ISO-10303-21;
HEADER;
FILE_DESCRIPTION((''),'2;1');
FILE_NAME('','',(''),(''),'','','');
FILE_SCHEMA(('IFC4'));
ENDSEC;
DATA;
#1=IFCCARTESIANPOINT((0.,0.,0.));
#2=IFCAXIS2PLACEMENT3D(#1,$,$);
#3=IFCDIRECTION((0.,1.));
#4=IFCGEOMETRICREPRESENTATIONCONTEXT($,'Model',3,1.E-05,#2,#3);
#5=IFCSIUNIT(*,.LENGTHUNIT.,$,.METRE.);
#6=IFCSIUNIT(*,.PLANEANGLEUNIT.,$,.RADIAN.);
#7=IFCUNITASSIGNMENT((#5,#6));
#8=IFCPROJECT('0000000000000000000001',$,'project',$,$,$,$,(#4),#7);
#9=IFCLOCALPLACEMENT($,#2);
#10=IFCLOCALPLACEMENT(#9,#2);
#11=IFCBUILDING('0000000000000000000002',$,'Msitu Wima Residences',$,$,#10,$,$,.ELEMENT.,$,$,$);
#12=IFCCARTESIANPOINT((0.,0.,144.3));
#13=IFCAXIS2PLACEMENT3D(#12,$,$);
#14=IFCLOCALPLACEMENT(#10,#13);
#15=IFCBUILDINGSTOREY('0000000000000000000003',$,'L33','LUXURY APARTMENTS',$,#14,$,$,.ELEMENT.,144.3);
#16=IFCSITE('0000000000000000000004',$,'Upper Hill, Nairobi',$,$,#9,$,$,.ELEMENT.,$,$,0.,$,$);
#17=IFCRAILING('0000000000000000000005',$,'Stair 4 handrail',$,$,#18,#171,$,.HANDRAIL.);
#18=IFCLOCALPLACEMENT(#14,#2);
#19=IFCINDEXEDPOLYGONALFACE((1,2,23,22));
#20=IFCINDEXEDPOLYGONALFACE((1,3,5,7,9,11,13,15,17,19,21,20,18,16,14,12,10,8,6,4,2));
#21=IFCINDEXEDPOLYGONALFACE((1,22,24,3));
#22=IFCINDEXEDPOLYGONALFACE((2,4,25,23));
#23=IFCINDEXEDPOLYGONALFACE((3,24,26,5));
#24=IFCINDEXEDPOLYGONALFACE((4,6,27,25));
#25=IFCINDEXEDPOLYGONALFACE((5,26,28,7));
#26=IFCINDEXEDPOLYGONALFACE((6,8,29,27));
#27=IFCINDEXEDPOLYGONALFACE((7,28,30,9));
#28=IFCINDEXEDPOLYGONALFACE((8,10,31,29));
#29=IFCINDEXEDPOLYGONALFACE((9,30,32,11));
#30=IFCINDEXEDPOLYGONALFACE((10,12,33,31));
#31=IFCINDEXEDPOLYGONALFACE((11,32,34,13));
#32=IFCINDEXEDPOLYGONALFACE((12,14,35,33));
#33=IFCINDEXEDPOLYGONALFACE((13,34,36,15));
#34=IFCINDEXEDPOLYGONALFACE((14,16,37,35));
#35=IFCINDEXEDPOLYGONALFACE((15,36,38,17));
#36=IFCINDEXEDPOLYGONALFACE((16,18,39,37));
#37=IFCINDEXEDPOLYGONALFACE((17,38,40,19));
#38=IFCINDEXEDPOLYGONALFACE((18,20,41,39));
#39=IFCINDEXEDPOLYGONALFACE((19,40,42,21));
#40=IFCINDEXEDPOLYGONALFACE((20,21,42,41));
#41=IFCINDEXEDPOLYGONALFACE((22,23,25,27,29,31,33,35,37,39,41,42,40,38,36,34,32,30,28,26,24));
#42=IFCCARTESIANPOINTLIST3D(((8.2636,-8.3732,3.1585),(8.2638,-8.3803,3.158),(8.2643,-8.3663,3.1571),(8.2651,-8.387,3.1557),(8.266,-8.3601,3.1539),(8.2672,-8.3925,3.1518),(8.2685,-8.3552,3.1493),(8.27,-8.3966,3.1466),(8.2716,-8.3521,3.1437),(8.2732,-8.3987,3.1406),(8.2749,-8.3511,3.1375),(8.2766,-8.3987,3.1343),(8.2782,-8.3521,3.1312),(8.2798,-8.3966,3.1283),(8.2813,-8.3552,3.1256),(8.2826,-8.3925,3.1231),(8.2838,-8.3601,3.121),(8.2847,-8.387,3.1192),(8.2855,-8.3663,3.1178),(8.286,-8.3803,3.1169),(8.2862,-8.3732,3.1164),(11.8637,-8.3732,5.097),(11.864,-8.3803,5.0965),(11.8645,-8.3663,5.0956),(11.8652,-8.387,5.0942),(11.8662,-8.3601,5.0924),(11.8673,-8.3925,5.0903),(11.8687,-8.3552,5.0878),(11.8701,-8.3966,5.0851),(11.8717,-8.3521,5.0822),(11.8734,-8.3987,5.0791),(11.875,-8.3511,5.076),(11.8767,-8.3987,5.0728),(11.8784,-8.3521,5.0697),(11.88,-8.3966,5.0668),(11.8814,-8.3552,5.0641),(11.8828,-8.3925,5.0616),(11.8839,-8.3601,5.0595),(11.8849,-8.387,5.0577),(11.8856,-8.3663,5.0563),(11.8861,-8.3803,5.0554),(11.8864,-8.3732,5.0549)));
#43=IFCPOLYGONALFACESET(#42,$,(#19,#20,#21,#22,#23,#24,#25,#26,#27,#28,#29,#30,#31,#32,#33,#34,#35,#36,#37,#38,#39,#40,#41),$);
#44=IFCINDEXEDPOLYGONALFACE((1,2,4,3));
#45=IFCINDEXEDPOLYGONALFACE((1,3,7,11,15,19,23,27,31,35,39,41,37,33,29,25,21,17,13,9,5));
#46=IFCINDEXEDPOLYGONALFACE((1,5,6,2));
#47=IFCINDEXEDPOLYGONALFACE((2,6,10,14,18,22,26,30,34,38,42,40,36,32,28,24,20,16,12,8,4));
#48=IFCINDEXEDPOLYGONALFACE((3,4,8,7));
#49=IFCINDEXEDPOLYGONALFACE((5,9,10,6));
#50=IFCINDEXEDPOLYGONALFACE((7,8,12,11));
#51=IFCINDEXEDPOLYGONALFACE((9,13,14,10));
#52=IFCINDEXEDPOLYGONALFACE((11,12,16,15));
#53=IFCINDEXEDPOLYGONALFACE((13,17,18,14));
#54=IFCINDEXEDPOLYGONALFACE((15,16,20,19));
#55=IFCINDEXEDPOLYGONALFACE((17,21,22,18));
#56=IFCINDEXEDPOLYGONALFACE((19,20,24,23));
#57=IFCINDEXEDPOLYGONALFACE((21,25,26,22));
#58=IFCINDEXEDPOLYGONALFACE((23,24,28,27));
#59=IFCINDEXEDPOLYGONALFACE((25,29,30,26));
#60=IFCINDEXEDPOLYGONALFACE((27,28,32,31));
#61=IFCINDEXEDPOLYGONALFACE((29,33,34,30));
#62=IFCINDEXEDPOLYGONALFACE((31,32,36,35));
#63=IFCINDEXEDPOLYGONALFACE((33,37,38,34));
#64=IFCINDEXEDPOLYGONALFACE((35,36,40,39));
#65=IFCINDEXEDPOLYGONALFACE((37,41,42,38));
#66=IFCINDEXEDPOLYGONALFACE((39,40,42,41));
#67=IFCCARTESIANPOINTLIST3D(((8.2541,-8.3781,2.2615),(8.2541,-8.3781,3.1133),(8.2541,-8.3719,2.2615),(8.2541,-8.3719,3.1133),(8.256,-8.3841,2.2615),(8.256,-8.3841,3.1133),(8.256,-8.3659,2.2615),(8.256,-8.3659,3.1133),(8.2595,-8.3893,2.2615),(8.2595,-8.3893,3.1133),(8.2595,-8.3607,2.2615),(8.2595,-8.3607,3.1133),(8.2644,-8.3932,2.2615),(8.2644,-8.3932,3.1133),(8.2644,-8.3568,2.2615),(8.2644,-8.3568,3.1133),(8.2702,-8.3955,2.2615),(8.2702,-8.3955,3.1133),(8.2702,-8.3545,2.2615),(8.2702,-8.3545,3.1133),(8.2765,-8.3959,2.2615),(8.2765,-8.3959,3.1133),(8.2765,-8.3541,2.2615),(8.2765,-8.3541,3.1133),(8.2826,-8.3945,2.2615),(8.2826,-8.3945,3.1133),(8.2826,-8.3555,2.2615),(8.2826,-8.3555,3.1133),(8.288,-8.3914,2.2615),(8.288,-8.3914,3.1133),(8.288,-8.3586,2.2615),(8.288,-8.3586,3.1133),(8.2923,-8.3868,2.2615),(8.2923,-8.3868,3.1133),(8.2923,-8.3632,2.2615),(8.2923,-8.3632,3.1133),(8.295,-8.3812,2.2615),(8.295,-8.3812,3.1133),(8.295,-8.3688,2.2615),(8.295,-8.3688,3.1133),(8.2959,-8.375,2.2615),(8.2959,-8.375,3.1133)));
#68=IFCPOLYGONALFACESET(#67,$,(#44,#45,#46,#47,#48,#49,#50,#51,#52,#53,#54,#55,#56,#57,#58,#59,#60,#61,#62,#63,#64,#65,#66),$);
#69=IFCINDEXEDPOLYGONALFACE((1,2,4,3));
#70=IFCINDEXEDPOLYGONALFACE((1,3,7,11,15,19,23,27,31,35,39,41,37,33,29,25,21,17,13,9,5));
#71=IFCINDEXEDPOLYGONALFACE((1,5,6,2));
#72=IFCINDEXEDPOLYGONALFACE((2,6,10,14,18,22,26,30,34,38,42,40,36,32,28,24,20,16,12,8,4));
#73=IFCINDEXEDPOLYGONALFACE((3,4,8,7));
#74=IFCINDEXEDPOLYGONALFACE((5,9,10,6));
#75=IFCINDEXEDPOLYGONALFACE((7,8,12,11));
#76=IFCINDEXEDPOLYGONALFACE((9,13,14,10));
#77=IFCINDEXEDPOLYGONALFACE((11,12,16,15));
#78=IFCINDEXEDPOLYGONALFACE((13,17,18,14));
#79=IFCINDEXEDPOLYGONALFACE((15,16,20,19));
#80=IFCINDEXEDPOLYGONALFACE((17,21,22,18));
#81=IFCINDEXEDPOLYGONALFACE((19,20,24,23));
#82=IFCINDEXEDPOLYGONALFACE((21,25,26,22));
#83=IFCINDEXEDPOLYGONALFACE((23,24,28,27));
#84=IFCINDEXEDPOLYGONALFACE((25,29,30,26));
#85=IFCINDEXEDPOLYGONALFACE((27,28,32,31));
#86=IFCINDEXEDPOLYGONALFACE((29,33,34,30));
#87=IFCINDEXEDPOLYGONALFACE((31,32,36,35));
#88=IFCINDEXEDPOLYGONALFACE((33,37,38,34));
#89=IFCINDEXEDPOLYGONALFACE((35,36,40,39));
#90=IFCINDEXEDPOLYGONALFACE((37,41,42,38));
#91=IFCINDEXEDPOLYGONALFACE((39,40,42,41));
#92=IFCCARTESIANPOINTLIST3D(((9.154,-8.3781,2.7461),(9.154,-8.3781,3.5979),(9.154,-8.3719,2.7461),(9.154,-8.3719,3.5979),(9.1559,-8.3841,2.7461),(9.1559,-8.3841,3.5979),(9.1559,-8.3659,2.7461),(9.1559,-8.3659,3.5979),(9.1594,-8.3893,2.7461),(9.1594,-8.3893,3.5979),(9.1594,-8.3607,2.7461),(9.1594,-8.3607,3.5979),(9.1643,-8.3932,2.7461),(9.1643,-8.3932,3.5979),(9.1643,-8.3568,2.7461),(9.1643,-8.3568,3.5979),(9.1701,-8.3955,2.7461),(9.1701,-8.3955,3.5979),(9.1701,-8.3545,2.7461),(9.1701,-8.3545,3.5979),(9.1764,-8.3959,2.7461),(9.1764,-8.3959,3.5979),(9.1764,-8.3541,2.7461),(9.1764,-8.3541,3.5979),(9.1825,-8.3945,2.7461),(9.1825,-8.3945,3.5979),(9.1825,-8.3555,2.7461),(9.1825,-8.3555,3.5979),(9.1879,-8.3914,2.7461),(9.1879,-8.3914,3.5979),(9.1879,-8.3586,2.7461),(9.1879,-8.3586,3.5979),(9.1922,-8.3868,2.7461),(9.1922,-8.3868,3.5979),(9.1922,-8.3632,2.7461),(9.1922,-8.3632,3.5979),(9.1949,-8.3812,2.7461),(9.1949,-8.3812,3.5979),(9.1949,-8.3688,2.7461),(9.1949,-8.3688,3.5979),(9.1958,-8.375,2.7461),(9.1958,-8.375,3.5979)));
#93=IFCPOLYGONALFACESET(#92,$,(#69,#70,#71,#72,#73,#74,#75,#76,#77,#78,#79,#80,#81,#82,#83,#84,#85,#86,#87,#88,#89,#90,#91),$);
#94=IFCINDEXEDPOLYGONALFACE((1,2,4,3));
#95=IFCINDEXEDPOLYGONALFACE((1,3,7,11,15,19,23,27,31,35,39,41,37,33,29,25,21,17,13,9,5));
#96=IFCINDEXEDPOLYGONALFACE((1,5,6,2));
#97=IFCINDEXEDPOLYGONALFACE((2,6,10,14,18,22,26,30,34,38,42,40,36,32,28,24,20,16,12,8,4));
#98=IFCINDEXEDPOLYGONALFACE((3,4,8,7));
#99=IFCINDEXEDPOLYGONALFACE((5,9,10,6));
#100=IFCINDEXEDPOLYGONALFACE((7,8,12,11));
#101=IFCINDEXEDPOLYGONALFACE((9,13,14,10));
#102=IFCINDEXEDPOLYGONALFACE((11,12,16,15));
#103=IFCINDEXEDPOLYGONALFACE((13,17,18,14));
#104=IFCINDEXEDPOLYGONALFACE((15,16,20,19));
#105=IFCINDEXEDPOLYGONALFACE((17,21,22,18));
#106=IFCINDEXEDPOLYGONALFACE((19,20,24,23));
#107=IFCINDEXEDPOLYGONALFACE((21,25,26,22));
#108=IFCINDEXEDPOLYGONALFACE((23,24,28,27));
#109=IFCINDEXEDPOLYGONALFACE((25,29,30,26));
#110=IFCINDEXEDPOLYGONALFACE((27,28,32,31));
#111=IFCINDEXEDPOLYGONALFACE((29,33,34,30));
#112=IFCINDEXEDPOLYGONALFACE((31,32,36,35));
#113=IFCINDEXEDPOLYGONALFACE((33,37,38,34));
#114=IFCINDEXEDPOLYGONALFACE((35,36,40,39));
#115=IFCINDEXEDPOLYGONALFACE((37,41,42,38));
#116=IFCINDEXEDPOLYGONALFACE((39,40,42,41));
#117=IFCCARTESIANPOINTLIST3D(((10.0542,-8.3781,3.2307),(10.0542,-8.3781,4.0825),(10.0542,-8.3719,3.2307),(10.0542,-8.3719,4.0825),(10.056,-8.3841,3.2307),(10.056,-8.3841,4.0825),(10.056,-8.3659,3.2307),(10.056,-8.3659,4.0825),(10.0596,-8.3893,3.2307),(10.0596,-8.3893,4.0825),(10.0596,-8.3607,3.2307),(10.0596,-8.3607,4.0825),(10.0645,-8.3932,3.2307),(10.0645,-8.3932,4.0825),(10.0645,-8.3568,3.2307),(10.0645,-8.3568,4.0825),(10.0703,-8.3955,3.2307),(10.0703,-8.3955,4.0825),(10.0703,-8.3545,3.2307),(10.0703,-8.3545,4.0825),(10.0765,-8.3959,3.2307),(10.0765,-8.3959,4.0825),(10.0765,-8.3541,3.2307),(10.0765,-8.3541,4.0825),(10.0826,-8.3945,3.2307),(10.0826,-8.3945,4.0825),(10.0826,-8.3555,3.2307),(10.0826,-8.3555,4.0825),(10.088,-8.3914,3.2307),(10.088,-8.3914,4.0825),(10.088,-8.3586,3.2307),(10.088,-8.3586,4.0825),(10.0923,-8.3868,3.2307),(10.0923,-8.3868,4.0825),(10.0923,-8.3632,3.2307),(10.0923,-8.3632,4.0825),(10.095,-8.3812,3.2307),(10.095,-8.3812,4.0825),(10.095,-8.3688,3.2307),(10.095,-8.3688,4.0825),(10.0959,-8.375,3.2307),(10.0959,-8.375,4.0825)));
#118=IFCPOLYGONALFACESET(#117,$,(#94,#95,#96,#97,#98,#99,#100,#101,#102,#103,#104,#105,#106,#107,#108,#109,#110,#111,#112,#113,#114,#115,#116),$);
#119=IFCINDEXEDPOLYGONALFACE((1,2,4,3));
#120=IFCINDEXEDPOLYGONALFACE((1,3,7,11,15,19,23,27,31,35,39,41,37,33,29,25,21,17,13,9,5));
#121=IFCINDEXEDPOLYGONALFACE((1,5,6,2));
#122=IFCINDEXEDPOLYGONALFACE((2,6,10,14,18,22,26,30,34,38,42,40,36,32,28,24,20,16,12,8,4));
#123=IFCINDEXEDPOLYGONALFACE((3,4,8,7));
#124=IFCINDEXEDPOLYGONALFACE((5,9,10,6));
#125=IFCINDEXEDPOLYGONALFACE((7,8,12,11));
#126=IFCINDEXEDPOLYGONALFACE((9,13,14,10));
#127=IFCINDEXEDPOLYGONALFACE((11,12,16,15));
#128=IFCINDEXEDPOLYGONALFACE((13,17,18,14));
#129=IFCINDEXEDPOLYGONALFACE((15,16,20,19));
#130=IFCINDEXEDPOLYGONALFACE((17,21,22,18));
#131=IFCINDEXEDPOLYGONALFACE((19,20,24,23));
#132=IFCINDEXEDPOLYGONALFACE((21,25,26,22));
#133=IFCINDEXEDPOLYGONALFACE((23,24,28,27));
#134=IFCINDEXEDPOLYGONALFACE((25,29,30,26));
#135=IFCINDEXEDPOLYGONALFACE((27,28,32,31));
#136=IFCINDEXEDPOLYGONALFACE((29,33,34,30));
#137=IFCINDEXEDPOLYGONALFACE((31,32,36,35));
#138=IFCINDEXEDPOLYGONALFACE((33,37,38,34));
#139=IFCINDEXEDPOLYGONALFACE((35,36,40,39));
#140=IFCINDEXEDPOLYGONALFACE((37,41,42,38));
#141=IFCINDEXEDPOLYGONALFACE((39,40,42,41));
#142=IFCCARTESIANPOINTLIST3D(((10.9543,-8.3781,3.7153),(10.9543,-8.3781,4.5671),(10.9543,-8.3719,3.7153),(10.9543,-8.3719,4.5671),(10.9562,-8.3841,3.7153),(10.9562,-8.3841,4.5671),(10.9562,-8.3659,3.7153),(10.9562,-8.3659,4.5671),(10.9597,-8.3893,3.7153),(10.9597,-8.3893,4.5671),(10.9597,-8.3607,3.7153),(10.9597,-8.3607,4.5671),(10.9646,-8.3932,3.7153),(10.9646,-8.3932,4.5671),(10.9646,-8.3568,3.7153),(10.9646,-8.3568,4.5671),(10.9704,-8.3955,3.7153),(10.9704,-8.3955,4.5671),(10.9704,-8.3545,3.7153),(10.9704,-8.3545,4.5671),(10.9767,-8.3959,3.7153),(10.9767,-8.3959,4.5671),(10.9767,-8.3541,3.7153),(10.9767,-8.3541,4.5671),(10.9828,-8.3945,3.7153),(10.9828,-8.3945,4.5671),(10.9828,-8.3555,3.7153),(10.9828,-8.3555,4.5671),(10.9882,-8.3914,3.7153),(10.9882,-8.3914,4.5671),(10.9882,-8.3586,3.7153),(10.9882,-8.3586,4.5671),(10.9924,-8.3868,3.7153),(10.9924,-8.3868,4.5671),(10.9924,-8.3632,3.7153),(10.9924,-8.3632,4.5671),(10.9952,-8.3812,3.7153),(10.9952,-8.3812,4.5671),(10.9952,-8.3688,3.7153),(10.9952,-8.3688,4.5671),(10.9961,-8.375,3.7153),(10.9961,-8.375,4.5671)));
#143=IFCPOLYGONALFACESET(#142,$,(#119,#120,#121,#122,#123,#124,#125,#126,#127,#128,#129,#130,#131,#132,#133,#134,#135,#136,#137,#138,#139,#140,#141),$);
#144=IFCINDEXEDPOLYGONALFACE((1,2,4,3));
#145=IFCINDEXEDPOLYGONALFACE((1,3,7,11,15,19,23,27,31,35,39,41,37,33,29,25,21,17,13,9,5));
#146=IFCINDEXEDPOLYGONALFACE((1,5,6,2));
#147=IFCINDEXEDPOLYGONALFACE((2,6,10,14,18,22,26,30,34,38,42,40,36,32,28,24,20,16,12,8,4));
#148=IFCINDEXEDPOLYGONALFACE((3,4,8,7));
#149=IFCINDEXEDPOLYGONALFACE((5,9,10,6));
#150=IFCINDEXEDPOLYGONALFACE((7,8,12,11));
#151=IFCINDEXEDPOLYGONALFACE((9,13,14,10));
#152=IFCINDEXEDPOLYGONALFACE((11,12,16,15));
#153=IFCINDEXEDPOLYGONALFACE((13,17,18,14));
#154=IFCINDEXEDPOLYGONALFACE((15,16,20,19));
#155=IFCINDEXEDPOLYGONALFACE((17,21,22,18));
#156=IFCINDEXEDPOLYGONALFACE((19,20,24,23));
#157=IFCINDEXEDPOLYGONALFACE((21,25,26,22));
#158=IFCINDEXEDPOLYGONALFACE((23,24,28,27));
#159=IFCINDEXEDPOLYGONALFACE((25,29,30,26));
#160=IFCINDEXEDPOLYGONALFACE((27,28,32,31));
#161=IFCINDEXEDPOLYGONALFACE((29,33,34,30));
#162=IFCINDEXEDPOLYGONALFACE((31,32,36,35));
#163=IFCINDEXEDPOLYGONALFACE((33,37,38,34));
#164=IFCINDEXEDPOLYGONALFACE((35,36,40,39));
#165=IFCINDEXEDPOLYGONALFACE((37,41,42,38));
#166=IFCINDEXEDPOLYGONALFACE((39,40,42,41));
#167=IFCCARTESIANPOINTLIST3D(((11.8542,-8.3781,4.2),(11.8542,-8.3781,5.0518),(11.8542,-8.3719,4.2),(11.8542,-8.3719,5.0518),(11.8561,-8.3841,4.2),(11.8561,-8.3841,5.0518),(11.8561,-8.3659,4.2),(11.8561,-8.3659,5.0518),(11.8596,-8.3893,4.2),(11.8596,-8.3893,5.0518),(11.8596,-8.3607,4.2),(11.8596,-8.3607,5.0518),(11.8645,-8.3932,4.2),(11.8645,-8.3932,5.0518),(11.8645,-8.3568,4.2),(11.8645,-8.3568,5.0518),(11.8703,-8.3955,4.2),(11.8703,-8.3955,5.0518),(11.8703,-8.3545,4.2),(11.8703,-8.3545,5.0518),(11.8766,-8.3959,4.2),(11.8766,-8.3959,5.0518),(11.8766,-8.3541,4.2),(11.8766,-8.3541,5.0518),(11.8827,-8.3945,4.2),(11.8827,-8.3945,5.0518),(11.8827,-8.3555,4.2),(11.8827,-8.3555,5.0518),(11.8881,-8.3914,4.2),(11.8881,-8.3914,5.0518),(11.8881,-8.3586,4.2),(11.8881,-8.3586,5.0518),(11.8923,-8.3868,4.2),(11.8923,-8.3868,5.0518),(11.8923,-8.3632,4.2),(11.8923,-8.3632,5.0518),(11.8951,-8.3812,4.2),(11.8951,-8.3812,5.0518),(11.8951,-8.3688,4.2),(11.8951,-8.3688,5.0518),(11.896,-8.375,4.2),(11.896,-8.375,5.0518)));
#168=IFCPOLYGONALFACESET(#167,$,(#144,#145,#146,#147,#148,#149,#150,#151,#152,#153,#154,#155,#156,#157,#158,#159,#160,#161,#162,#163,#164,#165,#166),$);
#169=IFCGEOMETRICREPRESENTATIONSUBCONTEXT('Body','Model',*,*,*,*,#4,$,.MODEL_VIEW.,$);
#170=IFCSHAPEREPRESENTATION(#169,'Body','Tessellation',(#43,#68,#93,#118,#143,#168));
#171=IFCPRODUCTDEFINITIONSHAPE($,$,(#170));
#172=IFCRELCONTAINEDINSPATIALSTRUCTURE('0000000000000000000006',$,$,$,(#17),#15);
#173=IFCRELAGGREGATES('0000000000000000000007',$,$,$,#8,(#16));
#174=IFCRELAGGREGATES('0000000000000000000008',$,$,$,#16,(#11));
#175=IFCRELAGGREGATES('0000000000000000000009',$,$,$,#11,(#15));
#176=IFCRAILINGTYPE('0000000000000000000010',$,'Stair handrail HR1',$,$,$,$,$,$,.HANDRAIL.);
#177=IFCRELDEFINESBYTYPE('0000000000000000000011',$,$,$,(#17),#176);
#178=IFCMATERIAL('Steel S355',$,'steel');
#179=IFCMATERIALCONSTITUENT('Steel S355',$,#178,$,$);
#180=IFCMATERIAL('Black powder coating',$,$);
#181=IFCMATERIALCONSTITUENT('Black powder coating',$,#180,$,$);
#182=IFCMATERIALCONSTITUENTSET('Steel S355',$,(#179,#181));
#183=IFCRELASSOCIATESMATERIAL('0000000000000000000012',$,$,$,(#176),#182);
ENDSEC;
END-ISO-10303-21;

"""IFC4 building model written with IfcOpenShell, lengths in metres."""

from ifc_helpers import new_model, si_unit, direction, frame, origin, origin_2d, place, context, subcontext, project, spatial, circle, extrude, material, constituent, constituent_set, type_object, element, save


model = new_model("IFC4")

# Units and contexts
model_context = context("Model", 3, precision=1e-05, world=origin(), true_north=direction((0.0, 1.0)))
body_context = subcontext(model_context, "Body", "Model", "MODEL_VIEW")
ifc_project = project(units=[si_unit("LENGTHUNIT", "METRE"), si_unit("PLANEANGLEUNIT", "RADIAN")], contexts=[model_context])

# Site, building, storey
site_placement = place(None, origin())
site = spatial("IfcSite", under=ifc_project, at=site_placement, Name="Upper Hill, Nairobi", CompositionType="ELEMENT", RefElevation=0.0)
building_placement = place(site_placement, origin())
building = spatial("IfcBuilding", under=site, at=building_placement, Name="Msitu Wima Residences", CompositionType="ELEMENT")
storey_placement = place(building_placement, frame((0.0, 0.0, 144.3)))
storey = spatial("IfcBuildingStorey", under=building, at=storey_placement, Name="L33", Description="LUXURY APARTMENTS", CompositionType="ELEMENT", Elevation=144.3)

# Railing
ifc_material_1 = material(Name="Steel S355", Category="steel")
ifc_constituent_1 = constituent(ifc_material_1, Name="Steel S355")
ifc_material_2 = material(Name="Black powder coating")
ifc_constituent_2 = constituent(ifc_material_2, Name="Black powder coating")
ifc_constituent_set = constituent_set(constituents=[ifc_constituent_1, ifc_constituent_2], Name="Steel S355")
railing_type = type_object("IfcRailingType", Name="Stair handrail HR1", PredefinedType="HANDRAIL", material=ifc_constituent_set)
for number, where, name in (
    (1, (8.2749, -8.375, 2.2615), "Stair 4 handrail"),
):
    element("IfcRailing", number, at=place(storey_placement, frame(where)), inside=storey, type_object=railing_type, Name=name, PredefinedType="HANDRAIL", context=body_context, shape_type="SweptSolid", body=[
        extrude(circle(Radius=0.0239, at=origin_2d()), frame((0.0, 0.0, 0.876), z_axis=(0.880475, 0.0, 0.474093), x_axis=(0.0, 1.0, 0.0)), (0.0, 0.0, 1.0), 4.0889),
        extrude(circle(Radius=0.021, at=origin_2d()), origin(), (0.0, 0.0, 1.0), 0.8518),
        extrude(circle(Radius=0.021, at=origin_2d()), frame((0.8999, 0.0, 0.4846)), (0.0, 0.0, 1.0), 0.8518),
        extrude(circle(Radius=0.021, at=origin_2d()), frame((1.8, 0.0, 0.9692)), (0.0, 0.0, 1.0), 0.8518),
        extrude(circle(Radius=0.021, at=origin_2d()), frame((2.7002, 0.0, 1.4539)), (0.0, 0.0, 1.0), 0.8518),
        extrude(circle(Radius=0.021, at=origin_2d()), frame((3.6001, 0.0, 1.9385)), (0.0, 0.0, 1.0), 0.8518),
    ])

save(model, "model.ifc")
